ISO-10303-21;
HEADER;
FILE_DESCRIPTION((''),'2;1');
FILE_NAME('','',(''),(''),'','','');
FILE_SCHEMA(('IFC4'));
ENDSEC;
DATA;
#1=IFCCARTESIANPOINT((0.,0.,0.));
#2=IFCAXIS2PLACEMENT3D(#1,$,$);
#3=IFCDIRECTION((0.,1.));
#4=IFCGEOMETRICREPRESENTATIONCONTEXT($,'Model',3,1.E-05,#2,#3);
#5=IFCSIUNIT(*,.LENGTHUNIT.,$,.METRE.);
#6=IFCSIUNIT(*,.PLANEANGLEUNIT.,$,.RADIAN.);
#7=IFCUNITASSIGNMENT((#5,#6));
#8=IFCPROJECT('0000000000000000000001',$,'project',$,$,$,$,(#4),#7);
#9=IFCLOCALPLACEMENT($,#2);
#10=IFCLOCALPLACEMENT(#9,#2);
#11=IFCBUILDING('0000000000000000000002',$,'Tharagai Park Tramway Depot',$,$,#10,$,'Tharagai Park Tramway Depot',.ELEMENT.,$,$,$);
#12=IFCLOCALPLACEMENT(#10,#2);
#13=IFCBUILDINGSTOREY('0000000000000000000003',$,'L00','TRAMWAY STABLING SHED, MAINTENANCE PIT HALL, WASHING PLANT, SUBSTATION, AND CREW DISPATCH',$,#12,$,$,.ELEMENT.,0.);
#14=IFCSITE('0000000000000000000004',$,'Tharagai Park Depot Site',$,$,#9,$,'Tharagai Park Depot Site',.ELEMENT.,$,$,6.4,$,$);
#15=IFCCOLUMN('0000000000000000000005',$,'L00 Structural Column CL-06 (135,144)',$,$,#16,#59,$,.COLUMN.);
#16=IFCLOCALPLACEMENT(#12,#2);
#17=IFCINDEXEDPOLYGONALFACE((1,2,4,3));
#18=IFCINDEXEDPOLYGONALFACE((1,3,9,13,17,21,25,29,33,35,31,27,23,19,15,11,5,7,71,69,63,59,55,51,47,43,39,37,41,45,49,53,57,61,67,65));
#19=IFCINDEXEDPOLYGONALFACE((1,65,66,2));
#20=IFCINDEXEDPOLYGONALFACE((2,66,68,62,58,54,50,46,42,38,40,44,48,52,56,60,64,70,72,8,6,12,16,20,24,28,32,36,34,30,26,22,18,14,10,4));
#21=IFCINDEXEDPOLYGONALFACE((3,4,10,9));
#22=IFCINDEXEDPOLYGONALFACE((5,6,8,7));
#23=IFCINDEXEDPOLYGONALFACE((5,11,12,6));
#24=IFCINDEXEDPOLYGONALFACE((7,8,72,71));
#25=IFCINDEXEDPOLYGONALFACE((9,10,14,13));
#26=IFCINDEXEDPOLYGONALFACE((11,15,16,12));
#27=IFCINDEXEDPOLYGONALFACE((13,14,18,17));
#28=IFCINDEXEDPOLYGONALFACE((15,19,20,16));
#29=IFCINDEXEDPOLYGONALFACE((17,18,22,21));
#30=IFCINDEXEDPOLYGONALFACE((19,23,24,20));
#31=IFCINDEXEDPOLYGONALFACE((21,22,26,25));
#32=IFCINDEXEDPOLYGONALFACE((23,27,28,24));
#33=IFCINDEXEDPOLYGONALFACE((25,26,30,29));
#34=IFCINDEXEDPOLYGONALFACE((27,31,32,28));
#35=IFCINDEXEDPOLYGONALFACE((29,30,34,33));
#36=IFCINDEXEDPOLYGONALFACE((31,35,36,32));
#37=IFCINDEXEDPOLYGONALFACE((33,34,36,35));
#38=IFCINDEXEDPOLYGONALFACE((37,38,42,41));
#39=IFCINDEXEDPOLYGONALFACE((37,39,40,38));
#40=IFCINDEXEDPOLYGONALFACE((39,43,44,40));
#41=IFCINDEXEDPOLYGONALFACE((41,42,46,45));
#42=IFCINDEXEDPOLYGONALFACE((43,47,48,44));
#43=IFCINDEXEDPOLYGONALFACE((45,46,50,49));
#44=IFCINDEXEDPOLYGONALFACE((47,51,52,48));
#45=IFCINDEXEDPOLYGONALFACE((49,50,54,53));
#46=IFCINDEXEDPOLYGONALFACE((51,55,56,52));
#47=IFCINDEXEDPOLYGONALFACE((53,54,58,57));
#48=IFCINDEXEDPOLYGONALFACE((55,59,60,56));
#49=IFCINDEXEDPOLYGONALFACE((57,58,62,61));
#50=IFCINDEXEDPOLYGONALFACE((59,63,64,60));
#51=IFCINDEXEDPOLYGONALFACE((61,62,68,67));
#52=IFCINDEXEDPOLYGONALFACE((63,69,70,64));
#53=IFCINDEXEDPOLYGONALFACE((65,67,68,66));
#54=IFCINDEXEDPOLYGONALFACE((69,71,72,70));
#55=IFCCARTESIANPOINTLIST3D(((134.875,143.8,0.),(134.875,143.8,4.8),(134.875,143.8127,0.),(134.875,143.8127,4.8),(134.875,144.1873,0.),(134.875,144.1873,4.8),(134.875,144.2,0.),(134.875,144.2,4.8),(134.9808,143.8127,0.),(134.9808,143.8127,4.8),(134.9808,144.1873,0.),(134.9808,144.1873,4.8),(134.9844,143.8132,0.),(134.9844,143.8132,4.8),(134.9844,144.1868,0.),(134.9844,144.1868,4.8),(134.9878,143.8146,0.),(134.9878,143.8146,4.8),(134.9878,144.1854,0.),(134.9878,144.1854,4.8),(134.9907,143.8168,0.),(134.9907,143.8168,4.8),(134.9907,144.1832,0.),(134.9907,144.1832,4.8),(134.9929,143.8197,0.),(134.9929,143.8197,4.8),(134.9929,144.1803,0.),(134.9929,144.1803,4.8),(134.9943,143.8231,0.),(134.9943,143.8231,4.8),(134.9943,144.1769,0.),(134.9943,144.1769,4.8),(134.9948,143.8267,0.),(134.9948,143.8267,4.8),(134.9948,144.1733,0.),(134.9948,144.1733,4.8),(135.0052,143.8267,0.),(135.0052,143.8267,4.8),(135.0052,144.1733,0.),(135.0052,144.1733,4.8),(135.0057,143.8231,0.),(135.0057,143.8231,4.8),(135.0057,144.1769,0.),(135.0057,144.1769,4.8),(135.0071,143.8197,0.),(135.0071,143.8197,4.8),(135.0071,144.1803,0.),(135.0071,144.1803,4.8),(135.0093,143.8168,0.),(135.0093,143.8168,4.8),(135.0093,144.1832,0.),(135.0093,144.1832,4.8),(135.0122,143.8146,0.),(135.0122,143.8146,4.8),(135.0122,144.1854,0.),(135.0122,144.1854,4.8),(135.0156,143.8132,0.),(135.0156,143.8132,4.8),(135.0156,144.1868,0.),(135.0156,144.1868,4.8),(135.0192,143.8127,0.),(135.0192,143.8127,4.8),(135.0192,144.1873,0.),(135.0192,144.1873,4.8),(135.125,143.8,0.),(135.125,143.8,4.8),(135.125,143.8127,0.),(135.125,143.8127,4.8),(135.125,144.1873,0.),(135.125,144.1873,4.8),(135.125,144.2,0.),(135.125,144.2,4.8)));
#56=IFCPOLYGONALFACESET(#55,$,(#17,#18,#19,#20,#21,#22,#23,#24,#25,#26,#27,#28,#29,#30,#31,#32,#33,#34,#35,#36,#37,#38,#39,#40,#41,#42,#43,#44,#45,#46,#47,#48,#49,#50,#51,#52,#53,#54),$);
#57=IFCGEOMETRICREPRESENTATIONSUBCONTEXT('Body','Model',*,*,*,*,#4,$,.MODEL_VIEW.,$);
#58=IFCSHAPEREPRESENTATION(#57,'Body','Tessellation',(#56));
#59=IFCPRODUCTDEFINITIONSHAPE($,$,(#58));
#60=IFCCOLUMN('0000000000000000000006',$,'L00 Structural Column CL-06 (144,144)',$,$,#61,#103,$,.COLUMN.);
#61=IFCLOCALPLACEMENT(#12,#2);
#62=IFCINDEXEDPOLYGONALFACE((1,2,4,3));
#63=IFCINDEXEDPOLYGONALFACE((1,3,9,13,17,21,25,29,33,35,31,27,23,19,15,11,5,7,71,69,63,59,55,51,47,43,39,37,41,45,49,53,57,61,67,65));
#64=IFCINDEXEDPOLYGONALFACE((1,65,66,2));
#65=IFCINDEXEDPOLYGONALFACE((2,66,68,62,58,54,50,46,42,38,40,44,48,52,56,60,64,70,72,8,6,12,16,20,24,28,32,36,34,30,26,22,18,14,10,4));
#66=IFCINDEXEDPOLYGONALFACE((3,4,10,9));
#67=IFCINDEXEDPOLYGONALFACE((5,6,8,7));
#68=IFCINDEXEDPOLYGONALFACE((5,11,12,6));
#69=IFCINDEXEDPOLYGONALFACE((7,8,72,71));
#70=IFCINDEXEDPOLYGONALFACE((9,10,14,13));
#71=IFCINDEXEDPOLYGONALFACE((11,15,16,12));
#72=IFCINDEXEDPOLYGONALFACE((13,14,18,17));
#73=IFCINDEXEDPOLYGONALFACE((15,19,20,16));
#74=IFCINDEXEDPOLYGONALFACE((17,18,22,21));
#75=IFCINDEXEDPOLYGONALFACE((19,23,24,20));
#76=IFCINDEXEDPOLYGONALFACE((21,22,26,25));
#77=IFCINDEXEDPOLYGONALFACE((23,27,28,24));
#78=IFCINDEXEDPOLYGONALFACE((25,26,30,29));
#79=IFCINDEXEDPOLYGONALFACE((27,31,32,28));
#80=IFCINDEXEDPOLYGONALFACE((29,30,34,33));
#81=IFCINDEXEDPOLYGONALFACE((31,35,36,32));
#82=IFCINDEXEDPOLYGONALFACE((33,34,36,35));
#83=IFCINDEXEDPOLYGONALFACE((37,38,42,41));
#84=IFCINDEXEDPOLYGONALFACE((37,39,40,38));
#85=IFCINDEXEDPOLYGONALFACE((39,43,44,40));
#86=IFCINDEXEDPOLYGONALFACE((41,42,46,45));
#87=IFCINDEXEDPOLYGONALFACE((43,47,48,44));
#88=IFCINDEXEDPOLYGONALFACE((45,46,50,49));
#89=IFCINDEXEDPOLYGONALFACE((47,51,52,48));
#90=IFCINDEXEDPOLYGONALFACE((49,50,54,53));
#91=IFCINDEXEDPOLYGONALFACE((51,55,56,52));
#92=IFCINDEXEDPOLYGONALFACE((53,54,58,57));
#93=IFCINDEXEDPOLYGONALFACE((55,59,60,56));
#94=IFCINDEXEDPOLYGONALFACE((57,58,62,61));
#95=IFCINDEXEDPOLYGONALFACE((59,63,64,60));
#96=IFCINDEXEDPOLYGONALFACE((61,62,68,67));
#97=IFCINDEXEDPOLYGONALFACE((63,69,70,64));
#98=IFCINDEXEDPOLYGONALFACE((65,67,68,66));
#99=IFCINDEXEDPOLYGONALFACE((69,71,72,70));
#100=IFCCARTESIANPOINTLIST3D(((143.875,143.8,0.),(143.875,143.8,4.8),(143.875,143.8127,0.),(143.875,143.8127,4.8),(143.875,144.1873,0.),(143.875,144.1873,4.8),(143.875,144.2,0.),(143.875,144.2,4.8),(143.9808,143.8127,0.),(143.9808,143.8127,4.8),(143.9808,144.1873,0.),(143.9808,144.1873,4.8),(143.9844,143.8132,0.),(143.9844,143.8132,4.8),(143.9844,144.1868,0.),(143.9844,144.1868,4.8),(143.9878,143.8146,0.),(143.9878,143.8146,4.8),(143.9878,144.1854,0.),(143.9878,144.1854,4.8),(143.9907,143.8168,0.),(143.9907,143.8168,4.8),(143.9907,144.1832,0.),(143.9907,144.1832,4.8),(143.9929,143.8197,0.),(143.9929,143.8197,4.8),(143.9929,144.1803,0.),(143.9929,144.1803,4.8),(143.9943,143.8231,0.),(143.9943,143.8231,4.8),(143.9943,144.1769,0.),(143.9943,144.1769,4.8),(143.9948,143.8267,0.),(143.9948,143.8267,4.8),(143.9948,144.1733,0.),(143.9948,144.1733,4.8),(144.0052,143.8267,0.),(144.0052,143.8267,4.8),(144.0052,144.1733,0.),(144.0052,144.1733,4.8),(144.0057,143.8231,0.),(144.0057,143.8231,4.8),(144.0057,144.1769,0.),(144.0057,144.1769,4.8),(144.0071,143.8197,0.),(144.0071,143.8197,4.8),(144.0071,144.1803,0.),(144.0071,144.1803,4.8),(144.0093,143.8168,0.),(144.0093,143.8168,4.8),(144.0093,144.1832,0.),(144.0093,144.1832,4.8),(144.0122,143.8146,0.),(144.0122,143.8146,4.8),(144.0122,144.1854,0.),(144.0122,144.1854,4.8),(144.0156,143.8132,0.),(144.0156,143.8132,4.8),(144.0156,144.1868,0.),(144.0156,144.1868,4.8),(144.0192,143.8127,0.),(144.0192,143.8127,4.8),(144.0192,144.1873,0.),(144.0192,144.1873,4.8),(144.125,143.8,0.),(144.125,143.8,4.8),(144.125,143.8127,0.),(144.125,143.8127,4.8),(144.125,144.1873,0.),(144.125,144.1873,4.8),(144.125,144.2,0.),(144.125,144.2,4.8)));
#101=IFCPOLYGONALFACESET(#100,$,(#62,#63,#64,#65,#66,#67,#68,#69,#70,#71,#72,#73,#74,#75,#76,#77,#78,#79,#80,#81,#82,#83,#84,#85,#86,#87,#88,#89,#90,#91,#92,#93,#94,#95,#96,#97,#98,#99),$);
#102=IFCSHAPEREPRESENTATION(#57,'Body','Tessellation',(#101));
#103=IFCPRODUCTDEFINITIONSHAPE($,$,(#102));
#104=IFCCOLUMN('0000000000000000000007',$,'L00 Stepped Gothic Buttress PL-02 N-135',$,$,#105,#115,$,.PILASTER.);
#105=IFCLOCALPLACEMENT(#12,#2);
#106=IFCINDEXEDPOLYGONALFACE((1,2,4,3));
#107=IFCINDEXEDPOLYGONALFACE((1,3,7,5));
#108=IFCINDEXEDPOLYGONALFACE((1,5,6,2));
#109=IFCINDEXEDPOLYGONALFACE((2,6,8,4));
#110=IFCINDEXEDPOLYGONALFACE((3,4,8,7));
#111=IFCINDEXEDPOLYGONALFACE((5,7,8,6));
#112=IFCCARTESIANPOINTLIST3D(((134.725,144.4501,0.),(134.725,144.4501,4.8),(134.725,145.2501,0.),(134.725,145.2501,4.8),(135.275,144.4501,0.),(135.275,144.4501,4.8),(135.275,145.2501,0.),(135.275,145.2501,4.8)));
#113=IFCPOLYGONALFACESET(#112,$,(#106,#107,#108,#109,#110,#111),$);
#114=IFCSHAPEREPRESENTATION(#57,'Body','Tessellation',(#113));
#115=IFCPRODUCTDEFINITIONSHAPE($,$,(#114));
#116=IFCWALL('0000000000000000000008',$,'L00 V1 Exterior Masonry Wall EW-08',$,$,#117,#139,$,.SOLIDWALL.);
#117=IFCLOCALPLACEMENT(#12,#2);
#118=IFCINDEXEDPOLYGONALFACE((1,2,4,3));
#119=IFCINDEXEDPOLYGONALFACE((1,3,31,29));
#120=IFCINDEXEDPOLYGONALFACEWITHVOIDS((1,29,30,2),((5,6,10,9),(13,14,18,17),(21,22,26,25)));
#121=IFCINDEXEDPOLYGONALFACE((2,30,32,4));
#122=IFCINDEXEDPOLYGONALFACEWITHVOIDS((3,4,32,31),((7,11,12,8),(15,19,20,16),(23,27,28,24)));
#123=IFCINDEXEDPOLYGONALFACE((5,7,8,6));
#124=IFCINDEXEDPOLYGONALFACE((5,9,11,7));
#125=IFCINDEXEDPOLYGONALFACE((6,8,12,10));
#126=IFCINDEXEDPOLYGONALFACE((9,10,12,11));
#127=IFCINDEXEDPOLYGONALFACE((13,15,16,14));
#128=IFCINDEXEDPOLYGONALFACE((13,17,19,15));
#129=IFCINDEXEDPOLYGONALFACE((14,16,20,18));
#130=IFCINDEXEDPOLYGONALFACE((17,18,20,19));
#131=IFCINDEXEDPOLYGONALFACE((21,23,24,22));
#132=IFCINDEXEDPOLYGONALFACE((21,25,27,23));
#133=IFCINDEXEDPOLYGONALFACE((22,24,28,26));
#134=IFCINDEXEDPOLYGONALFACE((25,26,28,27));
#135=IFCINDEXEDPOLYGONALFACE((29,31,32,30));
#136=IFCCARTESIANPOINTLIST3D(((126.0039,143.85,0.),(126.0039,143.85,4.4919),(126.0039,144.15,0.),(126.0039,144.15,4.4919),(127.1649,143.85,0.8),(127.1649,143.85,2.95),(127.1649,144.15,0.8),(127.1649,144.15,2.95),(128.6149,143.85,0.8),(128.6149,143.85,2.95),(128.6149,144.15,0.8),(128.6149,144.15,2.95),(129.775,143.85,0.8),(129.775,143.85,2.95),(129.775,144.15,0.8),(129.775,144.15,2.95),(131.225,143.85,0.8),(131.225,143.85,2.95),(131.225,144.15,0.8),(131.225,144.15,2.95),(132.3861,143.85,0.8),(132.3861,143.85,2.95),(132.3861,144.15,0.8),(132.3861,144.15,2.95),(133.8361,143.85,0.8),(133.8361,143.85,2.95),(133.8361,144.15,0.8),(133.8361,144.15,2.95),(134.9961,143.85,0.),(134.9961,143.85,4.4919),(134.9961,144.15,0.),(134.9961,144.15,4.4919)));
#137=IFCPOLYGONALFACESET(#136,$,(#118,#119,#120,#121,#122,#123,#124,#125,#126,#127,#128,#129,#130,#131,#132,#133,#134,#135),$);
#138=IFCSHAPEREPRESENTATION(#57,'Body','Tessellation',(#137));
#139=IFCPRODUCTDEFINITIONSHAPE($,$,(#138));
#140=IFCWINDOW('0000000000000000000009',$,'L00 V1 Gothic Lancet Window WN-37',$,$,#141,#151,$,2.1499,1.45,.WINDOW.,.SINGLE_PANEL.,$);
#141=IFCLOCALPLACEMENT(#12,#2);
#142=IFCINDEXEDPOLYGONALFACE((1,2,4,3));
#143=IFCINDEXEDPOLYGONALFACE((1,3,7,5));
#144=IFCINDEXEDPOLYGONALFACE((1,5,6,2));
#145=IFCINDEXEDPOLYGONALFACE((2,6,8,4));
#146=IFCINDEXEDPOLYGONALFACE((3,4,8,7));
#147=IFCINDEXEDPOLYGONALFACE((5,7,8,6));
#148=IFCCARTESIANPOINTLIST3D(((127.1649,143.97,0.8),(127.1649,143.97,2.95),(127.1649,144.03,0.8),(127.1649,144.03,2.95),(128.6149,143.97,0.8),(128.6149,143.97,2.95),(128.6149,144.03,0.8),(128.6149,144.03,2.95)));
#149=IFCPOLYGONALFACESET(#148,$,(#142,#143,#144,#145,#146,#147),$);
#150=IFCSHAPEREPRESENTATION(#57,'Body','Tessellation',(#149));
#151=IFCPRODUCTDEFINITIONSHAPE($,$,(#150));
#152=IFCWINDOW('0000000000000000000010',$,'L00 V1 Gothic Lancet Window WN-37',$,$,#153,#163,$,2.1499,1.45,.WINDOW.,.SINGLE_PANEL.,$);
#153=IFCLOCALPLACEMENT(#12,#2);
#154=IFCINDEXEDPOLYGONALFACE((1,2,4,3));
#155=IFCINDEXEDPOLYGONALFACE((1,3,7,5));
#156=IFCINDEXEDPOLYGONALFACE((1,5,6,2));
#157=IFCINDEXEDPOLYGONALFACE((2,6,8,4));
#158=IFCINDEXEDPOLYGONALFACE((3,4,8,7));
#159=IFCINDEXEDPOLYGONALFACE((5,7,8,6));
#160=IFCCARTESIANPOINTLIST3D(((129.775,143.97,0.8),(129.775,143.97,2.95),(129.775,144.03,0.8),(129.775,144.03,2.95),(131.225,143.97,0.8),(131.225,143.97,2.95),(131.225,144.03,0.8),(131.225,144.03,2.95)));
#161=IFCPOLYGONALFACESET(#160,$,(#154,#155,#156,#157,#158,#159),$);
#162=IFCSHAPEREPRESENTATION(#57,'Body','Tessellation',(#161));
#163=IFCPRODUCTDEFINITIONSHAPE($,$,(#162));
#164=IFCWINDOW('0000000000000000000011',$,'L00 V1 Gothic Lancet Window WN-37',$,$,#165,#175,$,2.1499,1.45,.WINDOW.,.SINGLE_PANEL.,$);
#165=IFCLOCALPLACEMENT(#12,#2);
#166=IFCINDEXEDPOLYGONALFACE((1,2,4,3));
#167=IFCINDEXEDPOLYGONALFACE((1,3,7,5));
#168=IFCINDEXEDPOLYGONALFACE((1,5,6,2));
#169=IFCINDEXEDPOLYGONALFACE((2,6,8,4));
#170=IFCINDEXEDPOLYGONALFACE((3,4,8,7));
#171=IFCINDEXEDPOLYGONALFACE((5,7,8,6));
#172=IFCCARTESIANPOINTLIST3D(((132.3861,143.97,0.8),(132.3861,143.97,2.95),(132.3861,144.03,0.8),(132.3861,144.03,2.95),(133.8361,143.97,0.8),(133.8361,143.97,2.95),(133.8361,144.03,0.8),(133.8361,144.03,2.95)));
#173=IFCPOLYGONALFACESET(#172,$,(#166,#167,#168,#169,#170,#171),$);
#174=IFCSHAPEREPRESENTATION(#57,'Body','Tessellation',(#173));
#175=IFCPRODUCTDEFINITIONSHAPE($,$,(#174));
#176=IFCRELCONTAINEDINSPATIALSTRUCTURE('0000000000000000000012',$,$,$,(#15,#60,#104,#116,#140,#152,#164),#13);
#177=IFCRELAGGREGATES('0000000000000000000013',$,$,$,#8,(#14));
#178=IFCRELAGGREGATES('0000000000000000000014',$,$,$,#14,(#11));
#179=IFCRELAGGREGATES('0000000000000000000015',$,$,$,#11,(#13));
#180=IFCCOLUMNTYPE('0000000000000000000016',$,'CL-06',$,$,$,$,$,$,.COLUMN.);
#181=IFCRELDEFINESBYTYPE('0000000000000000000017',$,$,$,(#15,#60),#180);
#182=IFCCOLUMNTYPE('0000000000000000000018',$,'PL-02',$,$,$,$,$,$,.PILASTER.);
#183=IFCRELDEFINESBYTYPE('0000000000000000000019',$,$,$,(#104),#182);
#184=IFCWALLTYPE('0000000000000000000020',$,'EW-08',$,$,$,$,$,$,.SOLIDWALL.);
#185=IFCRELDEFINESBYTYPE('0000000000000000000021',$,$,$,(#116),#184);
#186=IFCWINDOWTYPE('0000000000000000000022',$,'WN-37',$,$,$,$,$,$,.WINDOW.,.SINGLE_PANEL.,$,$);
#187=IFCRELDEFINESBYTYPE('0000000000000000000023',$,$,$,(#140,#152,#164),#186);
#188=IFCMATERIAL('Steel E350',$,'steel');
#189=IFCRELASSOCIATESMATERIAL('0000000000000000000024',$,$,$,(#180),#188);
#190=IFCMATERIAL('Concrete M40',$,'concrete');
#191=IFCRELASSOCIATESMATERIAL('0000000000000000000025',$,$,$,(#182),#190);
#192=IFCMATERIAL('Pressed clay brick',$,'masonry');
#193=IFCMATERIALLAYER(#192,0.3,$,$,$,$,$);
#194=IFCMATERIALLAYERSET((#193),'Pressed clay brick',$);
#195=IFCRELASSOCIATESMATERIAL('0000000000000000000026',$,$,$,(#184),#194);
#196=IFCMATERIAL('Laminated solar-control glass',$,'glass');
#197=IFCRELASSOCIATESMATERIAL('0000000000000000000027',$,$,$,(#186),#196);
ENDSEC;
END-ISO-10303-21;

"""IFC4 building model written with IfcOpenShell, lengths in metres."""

from ifc_helpers import new_model, si_unit, direction, frame, frame_2d, origin, origin_2d, place, context, subcontext, project, spatial, rectangle, i_section, extrude, material, layer, layer_set, material_profile, profile_set, type_object, element, fill, save


model = new_model("IFC4")

# Units and contexts
model_context = context("Model", 3, precision=1e-05, world=origin(), true_north=direction((0.0, 1.0)))
body_context = subcontext(model_context, "Body", "Model", "MODEL_VIEW")
ifc_project = project(units=[si_unit("LENGTHUNIT", "METRE"), si_unit("PLANEANGLEUNIT", "RADIAN")], contexts=[model_context])

# Site, building, storey
site_placement = place(None, origin())
site = spatial("IfcSite", under=ifc_project, at=site_placement, Name="Tharagai Park Depot Site", LongName="Tharagai Park Depot Site", CompositionType="ELEMENT", RefElevation=6.4)
building_placement = place(site_placement, origin())
building = spatial("IfcBuilding", under=site, at=building_placement, Name="Tharagai Park Tramway Depot", LongName="Tharagai Park Tramway Depot", CompositionType="ELEMENT")
storey_placement = place(building_placement, origin())
storey = spatial("IfcBuildingStorey", under=building, at=storey_placement, Name="L00", Description="TRAMWAY STABLING SHED, MAINTENANCE PIT HALL, WASHING PLANT, SUBSTATION, AND CREW DISPATCH", CompositionType="ELEMENT", Elevation=0.0)

# Shared definitions
ifc_material_1 = material(Name="Concrete M40", Category="concrete")

# Columns
ifc_material_2 = material(Name="Steel E350", Category="steel")
ifc_material_profile_1 = material_profile(ifc_material_2, i_section(OverallWidth=0.25, OverallDepth=0.3999, WebThickness=0.0105, FlangeThickness=0.0127, FilletRadius=0.0139, at=origin_2d()), Name="ISHB 400")
ifc_profile_set_1 = profile_set([ifc_material_profile_1], Name="Steel E350")
column_type_1 = type_object("IfcColumnType", Name="CL-06", PredefinedType="COLUMN", material=ifc_profile_set_1)
for number, where, z_axis, x_axis, name in (
    (1, (135.0, 144.0, 0.0), (0.0, 0.0, 1.0), (1.0, 0.0, 0.0), "L00 Structural Column CL-06 (135,144)"),
    (2, (144.0, 144.0, 0.0), (0.0, 0.0, 1.0), (1.0, 0.0, 0.0), "L00 Structural Column CL-06 (144,144)"),
):
    element("IfcColumn", number, at=place(storey_placement, frame(where, z_axis=z_axis, x_axis=x_axis)), inside=storey, type_object=column_type_1, Name=name, PredefinedType="COLUMN", context=body_context, shape_type="SweptSolid", body=[
        extrude(i_section(OverallWidth=0.25, OverallDepth=0.3999, WebThickness=0.0105, FlangeThickness=0.0127, FilletRadius=0.0139, at=origin_2d()), origin(), (0.0, 0.0, 1.0), 4.8),
    ])
ifc_material_profile_2 = material_profile(ifc_material_1, rectangle(XDim=0.55, YDim=0.8, at=origin_2d()), Name="RC 550x800")
ifc_profile_set_2 = profile_set([ifc_material_profile_2], Name="Concrete M40")
column_type_2 = type_object("IfcColumnType", Name="PL-02", PredefinedType="PILASTER", material=ifc_profile_set_2)
column_placement = place(storey_placement, frame((135.0, 144.8501, 0.0), z_axis=(0.0, 0.0, 1.0), x_axis=(1.0, 0.0, 0.0)))
element("IfcColumn", 3, at=column_placement, inside=storey, type_object=column_type_2, Name="L00 Stepped Gothic Buttress PL-02 N-135", PredefinedType="PILASTER", context=body_context, shape_type="SweptSolid", body=[
    extrude(rectangle(XDim=0.55, YDim=0.8, at=origin_2d()), origin(), (0.0, 0.0, 1.0), 4.8),
])

# Wall, openings, windows
ifc_material_3 = material(Name="Pressed clay brick", Category="masonry")
ifc_layer = layer(ifc_material_3, 0.3)
ifc_layer_set = layer_set([ifc_layer], Name="Pressed clay brick")
wall_type = type_object("IfcWallType", Name="EW-08", PredefinedType="SOLIDWALL", material=ifc_layer_set)
wall_1_placement = place(storey_placement, frame((126.0039, 144.0, 0.0), z_axis=(0.0, 0.0, 1.0), x_axis=(1.0, 0.0, 0.0)))
wall_1 = element("IfcWall", 4, at=wall_1_placement, inside=storey, type_object=wall_type, Name="L00 V1 Exterior Masonry Wall EW-08", PredefinedType="SOLIDWALL", context=body_context, shape_type="SweptSolid", body=[
    extrude(rectangle(XDim=8.9922, YDim=0.3, at=frame_2d((4.4961, 0.0))), origin(), (0.0, 0.0, 1.0), 4.4919),
])
opening_1_placement = place(wall_1_placement, frame((1.1609, 0.0, 0.8)))
opening_1 = element("IfcOpeningElement", 5, at=opening_1_placement, cuts=wall_1, PredefinedType="OPENING", context=body_context, shape_type="SweptSolid", body=[
    extrude(rectangle(XDim=1.45, YDim=2.1499, at=frame_2d((0.7251, 1.075))), frame((0.0, 0.1599, 0.0), z_axis=(0.0, -1.0, 0.0), x_axis=(1.0, 0.0, 0.0)), (0.0, 0.0, 1.0), 0.3201),
])
opening_2_placement = place(wall_1_placement, frame((3.771, 0.0, 0.8)))
opening_2 = element("IfcOpeningElement", 6, at=opening_2_placement, cuts=wall_1, PredefinedType="OPENING", context=body_context, shape_type="SweptSolid", body=[
    extrude(rectangle(XDim=1.45, YDim=2.1499, at=frame_2d((0.7251, 1.075))), frame((0.0, 0.1599, 0.0), z_axis=(0.0, -1.0, 0.0), x_axis=(1.0, 0.0, 0.0)), (0.0, 0.0, 1.0), 0.3201),
])
opening_3_placement = place(wall_1_placement, frame((6.3821, 0.0, 0.8)))
opening_3 = element("IfcOpeningElement", 7, at=opening_3_placement, cuts=wall_1, PredefinedType="OPENING", context=body_context, shape_type="SweptSolid", body=[
    extrude(rectangle(XDim=1.45, YDim=2.1499, at=frame_2d((0.7251, 1.075))), frame((0.0, 0.1599, 0.0), z_axis=(0.0, -1.0, 0.0), x_axis=(1.0, 0.0, 0.0)), (0.0, 0.0, 1.0), 0.3201),
])
ifc_material_4 = material(Name="Laminated solar-control glass", Category="glass")
window_type_1 = type_object("IfcWindowType", Name="WN-37", PartitioningType="SINGLE_PANEL", PredefinedType="WINDOW", material=ifc_material_4)
window_1_placement = place(opening_1_placement, origin())
window_1 = element("IfcWindow", 8, at=window_1_placement, inside=storey, type_object=window_type_1, Name="L00 V1 Gothic Lancet Window WN-37", OverallHeight=2.1499, OverallWidth=1.45, PartitioningType="SINGLE_PANEL", PredefinedType="WINDOW", context=body_context, shape_type="SweptSolid", body=[
    extrude(rectangle(XDim=1.45, YDim=2.1499, at=frame_2d((0.7251, 1.075))), frame((0.0, 0.03, 0.0), z_axis=(0.0, -1.0, 0.0), x_axis=(1.0, 0.0, 0.0)), (0.0, 0.0, 1.0), 0.0601),
])
fill(opening_1, window_1)
window_2_placement = place(opening_2_placement, origin())
window_2 = element("IfcWindow", 9, at=window_2_placement, inside=storey, type_object=window_type_1, Name="L00 V1 Gothic Lancet Window WN-37", OverallHeight=2.1499, OverallWidth=1.45, PartitioningType="SINGLE_PANEL", PredefinedType="WINDOW", context=body_context, shape_type="SweptSolid", body=[
    extrude(rectangle(XDim=1.45, YDim=2.1499, at=frame_2d((0.7251, 1.075))), frame((0.0, 0.03, 0.0), z_axis=(0.0, -1.0, 0.0), x_axis=(1.0, 0.0, 0.0)), (0.0, 0.0, 1.0), 0.0601),
])
fill(opening_2, window_2)
window_3_placement = place(opening_3_placement, origin())
window_3 = element("IfcWindow", 10, at=window_3_placement, inside=storey, type_object=window_type_1, Name="L00 V1 Gothic Lancet Window WN-37", OverallHeight=2.1499, OverallWidth=1.45, PartitioningType="SINGLE_PANEL", PredefinedType="WINDOW", context=body_context, shape_type="SweptSolid", body=[
    extrude(rectangle(XDim=1.45, YDim=2.1499, at=frame_2d((0.7251, 1.075))), frame((0.0, 0.03, 0.0), z_axis=(0.0, -1.0, 0.0), x_axis=(1.0, 0.0, 0.0)), (0.0, 0.0, 1.0), 0.0601),
])
fill(opening_3, window_3)

save(model, "model.ifc")
